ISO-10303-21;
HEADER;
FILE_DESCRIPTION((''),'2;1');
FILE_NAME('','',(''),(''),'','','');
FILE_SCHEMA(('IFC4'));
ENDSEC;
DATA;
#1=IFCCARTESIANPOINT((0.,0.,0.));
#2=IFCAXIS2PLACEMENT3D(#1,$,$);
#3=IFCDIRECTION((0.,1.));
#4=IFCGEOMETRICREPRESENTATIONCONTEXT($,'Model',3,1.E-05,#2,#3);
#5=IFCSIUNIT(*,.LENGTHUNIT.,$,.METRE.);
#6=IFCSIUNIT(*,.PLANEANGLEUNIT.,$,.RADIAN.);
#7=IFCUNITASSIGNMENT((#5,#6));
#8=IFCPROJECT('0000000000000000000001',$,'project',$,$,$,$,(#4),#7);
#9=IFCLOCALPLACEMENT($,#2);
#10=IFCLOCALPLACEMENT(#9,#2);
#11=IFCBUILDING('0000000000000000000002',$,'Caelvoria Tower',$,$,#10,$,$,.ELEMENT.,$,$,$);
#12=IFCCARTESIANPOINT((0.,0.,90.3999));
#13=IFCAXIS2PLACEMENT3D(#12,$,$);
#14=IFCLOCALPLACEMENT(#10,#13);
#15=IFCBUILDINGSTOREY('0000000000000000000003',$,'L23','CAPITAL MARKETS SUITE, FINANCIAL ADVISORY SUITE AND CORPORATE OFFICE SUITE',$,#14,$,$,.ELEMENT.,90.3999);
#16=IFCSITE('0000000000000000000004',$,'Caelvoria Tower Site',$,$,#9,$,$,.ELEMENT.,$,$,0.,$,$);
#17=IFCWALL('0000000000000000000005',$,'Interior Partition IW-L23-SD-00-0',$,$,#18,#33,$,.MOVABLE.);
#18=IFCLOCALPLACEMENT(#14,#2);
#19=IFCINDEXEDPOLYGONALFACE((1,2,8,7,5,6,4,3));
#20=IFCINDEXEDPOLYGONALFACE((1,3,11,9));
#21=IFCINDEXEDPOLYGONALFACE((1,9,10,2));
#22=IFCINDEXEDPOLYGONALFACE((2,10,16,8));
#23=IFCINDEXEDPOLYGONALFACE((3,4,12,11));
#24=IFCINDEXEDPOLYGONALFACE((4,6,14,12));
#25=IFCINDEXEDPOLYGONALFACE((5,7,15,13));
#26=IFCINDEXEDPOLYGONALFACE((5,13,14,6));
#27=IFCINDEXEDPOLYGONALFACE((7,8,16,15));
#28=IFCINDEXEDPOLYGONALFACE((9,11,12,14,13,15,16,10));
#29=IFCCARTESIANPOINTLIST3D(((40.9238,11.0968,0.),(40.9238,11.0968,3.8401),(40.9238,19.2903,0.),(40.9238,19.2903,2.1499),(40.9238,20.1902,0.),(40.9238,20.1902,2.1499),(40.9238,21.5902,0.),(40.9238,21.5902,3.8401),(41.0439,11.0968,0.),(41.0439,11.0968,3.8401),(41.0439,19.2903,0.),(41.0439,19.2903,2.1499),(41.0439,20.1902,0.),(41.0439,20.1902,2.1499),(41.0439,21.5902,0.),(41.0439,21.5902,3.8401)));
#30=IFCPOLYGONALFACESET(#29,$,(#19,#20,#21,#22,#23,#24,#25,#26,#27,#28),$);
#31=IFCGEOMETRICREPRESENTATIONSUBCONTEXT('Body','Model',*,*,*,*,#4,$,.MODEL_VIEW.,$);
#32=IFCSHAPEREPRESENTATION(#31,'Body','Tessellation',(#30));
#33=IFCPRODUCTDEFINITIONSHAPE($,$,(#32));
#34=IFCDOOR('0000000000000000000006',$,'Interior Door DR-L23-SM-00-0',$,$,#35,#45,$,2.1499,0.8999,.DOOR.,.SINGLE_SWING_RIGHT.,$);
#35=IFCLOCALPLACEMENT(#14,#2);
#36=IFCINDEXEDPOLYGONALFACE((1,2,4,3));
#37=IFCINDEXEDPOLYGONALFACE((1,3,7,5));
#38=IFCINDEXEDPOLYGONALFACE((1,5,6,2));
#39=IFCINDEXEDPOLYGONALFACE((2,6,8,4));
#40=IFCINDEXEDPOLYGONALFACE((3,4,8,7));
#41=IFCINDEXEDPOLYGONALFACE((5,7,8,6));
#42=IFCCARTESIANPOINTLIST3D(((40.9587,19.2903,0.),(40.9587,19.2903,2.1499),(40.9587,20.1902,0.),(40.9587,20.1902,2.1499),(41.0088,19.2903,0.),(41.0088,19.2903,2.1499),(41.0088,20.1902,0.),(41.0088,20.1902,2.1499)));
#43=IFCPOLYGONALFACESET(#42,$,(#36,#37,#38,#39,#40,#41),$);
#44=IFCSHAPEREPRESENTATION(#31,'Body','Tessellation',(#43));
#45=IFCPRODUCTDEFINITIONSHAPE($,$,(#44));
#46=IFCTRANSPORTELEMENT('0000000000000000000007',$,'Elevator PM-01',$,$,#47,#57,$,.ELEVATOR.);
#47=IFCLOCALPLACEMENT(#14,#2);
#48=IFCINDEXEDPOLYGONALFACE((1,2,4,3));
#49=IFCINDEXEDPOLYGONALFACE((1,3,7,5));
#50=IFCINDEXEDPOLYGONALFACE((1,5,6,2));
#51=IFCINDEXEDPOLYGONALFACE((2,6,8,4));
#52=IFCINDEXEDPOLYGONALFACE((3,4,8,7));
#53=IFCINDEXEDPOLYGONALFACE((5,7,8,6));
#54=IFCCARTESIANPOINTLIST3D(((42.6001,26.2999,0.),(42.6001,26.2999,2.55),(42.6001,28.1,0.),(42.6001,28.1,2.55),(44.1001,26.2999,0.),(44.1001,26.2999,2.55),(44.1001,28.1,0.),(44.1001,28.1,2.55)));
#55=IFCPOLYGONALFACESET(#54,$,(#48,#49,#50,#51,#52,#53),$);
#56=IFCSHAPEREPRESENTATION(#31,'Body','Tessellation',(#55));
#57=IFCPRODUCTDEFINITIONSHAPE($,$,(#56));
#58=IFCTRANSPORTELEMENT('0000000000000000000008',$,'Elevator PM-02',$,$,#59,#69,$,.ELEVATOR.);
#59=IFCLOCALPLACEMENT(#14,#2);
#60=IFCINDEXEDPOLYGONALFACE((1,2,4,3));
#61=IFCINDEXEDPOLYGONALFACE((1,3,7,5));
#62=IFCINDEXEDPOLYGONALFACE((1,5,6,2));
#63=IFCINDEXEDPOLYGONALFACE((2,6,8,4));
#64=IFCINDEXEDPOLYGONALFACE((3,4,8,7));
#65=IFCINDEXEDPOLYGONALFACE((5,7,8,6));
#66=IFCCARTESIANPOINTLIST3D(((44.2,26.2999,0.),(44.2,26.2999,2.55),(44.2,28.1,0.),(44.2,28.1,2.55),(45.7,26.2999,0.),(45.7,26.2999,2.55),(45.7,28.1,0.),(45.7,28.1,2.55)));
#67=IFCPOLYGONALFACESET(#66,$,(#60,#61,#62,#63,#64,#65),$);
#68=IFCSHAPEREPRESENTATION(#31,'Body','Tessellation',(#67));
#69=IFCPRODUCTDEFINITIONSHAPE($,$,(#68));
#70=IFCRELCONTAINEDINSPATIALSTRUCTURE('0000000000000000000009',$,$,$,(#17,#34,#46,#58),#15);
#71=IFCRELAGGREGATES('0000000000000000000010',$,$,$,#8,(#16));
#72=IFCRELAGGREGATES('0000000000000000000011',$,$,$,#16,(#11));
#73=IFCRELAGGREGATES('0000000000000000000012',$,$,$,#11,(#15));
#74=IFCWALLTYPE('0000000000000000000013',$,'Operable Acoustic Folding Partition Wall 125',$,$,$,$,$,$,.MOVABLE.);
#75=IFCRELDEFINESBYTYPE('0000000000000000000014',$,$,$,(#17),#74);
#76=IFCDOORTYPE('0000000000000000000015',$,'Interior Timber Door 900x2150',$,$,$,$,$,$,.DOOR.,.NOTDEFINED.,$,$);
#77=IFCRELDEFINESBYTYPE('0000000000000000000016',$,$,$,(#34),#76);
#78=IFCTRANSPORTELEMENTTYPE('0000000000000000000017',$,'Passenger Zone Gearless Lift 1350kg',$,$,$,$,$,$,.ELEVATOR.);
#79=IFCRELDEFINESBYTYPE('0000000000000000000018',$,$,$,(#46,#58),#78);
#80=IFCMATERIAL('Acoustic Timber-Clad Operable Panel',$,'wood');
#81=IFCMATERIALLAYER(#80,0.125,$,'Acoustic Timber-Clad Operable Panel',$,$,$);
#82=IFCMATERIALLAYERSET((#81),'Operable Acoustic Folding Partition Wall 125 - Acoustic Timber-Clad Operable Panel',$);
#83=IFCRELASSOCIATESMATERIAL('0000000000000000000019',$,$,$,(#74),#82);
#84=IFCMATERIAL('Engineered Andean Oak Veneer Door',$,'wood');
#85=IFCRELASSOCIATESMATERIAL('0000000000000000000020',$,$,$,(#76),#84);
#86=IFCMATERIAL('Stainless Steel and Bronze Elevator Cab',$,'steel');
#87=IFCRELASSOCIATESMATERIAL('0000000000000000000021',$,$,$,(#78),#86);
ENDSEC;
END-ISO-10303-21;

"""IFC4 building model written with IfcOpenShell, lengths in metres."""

from ifc_helpers import new_model, si_unit, direction, frame, frame_2d, origin, origin_2d, place, context, subcontext, project, spatial, rectangle, extrude, material, layer, layer_set, type_object, element, fill, save


model = new_model("IFC4")

# Units and contexts
model_context = context("Model", 3, precision=1e-05, world=origin(), true_north=direction((0.0, 1.0)))
body_context = subcontext(model_context, "Body", "Model", "MODEL_VIEW")
ifc_project = project(units=[si_unit("LENGTHUNIT", "METRE"), si_unit("PLANEANGLEUNIT", "RADIAN")], contexts=[model_context])

# Site, building, storey
site_placement = place(None, origin())
site = spatial("IfcSite", under=ifc_project, at=site_placement, Name="Caelvoria Tower Site", CompositionType="ELEMENT", RefElevation=0.0)
building_placement = place(site_placement, origin())
building = spatial("IfcBuilding", under=site, at=building_placement, Name="Caelvoria Tower", CompositionType="ELEMENT")
storey_placement = place(building_placement, frame((0.0, 0.0, 90.3999)))
storey = spatial("IfcBuildingStorey", under=building, at=storey_placement, Name="L23", Description="CAPITAL MARKETS SUITE, FINANCIAL ADVISORY SUITE AND CORPORATE OFFICE SUITE", CompositionType="ELEMENT", Elevation=90.3999)

# Wall, opening, door
ifc_material_1 = material(Name="Acoustic Timber-Clad Operable Panel", Category="wood")
ifc_layer_1 = layer(ifc_material_1, 0.125, Name="Acoustic Timber-Clad Operable Panel")
ifc_layer_set_1 = layer_set([ifc_layer_1], Name="Operable Acoustic Folding Partition Wall 125 - Acoustic Timber-Clad Operable Panel")
wall_type_1 = type_object("IfcWallType", Name="Operable Acoustic Folding Partition Wall 125", PredefinedType="MOVABLE", material=ifc_layer_set_1)
wall_1_placement = place(storey_placement, frame((40.9839, 21.5901, 0.0), z_axis=(0.0, 0.0, 1.0), x_axis=(0.0, -1.0, 0.0)))
wall_1 = element("IfcWall", 1, at=wall_1_placement, inside=storey, type_object=wall_type_1, Name="Interior Partition IW-L23-SD-00-0", PredefinedType="MOVABLE", context=body_context, shape_type="SweptSolid", body=[
    extrude(rectangle(XDim=10.4934, YDim=0.1201, at=frame_2d((5.2466, 0.0))), origin(), (0.0, 0.0, 1.0), 3.8401),
])
opening_1_placement = place(wall_1_placement, frame((1.3999, 0.0, 0.0)))
opening_1 = element("IfcOpeningElement", 2, at=opening_1_placement, cuts=wall_1, PredefinedType="OPENING", context=body_context, shape_type="SweptSolid", body=[
    extrude(rectangle(XDim=0.8999, YDim=2.1499, at=frame_2d((0.45, 1.075))), frame((0.0, 0.0701, 0.0), z_axis=(0.0, -1.0, 0.0), x_axis=(1.0, 0.0, 0.0)), (0.0, 0.0, 1.0), 0.1401),
])
ifc_material_2 = material(Name="Engineered Andean Oak Veneer Door", Category="wood")
door_type_1 = type_object("IfcDoorType", Name="Interior Timber Door 900x2150", OperationType="NOTDEFINED", PredefinedType="DOOR", material=ifc_material_2)
door_1_placement = place(opening_1_placement, origin())
door_1 = element("IfcDoor", 3, at=door_1_placement, inside=storey, type_object=door_type_1, Name="Interior Door DR-L23-SM-00-0", OperationType="SINGLE_SWING_RIGHT", OverallHeight=2.1499, OverallWidth=0.8999, PredefinedType="DOOR", context=body_context, shape_type="SweptSolid", body=[
    extrude(rectangle(XDim=0.8999, YDim=2.1499, at=frame_2d((0.45, 1.075))), frame((0.0, 0.0249, 0.0), z_axis=(0.0, -1.0, 0.0), x_axis=(1.0, 0.0, 0.0)), (0.0, 0.0, 1.0), 0.05),
])
fill(opening_1, door_1)

# Transport elements
ifc_material_3 = material(Name="Stainless Steel and Bronze Elevator Cab", Category="steel")
transport_element_type = type_object("IfcTransportElementType", Name="Passenger Zone Gearless Lift 1350kg", PredefinedType="ELEVATOR", material=ifc_material_3)
for number, where, z_axis, x_axis, name in (
    (4, (43.3501, 27.2, 0.0), (0.0, 0.0, 1.0), (1.0, 0.0, 0.0), "Elevator PM-01"),
    (5, (44.95, 27.2, 0.0), (0.0, 0.0, 1.0), (1.0, 0.0, 0.0), "Elevator PM-02"),
):
    element("IfcTransportElement", number, at=place(storey_placement, frame(where, z_axis=z_axis, x_axis=x_axis)), inside=storey, type_object=transport_element_type, Name=name, PredefinedType="ELEVATOR", context=body_context, shape_type="SweptSolid", body=[
        extrude(rectangle(XDim=1.5, YDim=1.8, at=origin_2d()), origin(), (0.0, 0.0, 1.0), 2.55),
    ])

save(model, "model.ifc")
